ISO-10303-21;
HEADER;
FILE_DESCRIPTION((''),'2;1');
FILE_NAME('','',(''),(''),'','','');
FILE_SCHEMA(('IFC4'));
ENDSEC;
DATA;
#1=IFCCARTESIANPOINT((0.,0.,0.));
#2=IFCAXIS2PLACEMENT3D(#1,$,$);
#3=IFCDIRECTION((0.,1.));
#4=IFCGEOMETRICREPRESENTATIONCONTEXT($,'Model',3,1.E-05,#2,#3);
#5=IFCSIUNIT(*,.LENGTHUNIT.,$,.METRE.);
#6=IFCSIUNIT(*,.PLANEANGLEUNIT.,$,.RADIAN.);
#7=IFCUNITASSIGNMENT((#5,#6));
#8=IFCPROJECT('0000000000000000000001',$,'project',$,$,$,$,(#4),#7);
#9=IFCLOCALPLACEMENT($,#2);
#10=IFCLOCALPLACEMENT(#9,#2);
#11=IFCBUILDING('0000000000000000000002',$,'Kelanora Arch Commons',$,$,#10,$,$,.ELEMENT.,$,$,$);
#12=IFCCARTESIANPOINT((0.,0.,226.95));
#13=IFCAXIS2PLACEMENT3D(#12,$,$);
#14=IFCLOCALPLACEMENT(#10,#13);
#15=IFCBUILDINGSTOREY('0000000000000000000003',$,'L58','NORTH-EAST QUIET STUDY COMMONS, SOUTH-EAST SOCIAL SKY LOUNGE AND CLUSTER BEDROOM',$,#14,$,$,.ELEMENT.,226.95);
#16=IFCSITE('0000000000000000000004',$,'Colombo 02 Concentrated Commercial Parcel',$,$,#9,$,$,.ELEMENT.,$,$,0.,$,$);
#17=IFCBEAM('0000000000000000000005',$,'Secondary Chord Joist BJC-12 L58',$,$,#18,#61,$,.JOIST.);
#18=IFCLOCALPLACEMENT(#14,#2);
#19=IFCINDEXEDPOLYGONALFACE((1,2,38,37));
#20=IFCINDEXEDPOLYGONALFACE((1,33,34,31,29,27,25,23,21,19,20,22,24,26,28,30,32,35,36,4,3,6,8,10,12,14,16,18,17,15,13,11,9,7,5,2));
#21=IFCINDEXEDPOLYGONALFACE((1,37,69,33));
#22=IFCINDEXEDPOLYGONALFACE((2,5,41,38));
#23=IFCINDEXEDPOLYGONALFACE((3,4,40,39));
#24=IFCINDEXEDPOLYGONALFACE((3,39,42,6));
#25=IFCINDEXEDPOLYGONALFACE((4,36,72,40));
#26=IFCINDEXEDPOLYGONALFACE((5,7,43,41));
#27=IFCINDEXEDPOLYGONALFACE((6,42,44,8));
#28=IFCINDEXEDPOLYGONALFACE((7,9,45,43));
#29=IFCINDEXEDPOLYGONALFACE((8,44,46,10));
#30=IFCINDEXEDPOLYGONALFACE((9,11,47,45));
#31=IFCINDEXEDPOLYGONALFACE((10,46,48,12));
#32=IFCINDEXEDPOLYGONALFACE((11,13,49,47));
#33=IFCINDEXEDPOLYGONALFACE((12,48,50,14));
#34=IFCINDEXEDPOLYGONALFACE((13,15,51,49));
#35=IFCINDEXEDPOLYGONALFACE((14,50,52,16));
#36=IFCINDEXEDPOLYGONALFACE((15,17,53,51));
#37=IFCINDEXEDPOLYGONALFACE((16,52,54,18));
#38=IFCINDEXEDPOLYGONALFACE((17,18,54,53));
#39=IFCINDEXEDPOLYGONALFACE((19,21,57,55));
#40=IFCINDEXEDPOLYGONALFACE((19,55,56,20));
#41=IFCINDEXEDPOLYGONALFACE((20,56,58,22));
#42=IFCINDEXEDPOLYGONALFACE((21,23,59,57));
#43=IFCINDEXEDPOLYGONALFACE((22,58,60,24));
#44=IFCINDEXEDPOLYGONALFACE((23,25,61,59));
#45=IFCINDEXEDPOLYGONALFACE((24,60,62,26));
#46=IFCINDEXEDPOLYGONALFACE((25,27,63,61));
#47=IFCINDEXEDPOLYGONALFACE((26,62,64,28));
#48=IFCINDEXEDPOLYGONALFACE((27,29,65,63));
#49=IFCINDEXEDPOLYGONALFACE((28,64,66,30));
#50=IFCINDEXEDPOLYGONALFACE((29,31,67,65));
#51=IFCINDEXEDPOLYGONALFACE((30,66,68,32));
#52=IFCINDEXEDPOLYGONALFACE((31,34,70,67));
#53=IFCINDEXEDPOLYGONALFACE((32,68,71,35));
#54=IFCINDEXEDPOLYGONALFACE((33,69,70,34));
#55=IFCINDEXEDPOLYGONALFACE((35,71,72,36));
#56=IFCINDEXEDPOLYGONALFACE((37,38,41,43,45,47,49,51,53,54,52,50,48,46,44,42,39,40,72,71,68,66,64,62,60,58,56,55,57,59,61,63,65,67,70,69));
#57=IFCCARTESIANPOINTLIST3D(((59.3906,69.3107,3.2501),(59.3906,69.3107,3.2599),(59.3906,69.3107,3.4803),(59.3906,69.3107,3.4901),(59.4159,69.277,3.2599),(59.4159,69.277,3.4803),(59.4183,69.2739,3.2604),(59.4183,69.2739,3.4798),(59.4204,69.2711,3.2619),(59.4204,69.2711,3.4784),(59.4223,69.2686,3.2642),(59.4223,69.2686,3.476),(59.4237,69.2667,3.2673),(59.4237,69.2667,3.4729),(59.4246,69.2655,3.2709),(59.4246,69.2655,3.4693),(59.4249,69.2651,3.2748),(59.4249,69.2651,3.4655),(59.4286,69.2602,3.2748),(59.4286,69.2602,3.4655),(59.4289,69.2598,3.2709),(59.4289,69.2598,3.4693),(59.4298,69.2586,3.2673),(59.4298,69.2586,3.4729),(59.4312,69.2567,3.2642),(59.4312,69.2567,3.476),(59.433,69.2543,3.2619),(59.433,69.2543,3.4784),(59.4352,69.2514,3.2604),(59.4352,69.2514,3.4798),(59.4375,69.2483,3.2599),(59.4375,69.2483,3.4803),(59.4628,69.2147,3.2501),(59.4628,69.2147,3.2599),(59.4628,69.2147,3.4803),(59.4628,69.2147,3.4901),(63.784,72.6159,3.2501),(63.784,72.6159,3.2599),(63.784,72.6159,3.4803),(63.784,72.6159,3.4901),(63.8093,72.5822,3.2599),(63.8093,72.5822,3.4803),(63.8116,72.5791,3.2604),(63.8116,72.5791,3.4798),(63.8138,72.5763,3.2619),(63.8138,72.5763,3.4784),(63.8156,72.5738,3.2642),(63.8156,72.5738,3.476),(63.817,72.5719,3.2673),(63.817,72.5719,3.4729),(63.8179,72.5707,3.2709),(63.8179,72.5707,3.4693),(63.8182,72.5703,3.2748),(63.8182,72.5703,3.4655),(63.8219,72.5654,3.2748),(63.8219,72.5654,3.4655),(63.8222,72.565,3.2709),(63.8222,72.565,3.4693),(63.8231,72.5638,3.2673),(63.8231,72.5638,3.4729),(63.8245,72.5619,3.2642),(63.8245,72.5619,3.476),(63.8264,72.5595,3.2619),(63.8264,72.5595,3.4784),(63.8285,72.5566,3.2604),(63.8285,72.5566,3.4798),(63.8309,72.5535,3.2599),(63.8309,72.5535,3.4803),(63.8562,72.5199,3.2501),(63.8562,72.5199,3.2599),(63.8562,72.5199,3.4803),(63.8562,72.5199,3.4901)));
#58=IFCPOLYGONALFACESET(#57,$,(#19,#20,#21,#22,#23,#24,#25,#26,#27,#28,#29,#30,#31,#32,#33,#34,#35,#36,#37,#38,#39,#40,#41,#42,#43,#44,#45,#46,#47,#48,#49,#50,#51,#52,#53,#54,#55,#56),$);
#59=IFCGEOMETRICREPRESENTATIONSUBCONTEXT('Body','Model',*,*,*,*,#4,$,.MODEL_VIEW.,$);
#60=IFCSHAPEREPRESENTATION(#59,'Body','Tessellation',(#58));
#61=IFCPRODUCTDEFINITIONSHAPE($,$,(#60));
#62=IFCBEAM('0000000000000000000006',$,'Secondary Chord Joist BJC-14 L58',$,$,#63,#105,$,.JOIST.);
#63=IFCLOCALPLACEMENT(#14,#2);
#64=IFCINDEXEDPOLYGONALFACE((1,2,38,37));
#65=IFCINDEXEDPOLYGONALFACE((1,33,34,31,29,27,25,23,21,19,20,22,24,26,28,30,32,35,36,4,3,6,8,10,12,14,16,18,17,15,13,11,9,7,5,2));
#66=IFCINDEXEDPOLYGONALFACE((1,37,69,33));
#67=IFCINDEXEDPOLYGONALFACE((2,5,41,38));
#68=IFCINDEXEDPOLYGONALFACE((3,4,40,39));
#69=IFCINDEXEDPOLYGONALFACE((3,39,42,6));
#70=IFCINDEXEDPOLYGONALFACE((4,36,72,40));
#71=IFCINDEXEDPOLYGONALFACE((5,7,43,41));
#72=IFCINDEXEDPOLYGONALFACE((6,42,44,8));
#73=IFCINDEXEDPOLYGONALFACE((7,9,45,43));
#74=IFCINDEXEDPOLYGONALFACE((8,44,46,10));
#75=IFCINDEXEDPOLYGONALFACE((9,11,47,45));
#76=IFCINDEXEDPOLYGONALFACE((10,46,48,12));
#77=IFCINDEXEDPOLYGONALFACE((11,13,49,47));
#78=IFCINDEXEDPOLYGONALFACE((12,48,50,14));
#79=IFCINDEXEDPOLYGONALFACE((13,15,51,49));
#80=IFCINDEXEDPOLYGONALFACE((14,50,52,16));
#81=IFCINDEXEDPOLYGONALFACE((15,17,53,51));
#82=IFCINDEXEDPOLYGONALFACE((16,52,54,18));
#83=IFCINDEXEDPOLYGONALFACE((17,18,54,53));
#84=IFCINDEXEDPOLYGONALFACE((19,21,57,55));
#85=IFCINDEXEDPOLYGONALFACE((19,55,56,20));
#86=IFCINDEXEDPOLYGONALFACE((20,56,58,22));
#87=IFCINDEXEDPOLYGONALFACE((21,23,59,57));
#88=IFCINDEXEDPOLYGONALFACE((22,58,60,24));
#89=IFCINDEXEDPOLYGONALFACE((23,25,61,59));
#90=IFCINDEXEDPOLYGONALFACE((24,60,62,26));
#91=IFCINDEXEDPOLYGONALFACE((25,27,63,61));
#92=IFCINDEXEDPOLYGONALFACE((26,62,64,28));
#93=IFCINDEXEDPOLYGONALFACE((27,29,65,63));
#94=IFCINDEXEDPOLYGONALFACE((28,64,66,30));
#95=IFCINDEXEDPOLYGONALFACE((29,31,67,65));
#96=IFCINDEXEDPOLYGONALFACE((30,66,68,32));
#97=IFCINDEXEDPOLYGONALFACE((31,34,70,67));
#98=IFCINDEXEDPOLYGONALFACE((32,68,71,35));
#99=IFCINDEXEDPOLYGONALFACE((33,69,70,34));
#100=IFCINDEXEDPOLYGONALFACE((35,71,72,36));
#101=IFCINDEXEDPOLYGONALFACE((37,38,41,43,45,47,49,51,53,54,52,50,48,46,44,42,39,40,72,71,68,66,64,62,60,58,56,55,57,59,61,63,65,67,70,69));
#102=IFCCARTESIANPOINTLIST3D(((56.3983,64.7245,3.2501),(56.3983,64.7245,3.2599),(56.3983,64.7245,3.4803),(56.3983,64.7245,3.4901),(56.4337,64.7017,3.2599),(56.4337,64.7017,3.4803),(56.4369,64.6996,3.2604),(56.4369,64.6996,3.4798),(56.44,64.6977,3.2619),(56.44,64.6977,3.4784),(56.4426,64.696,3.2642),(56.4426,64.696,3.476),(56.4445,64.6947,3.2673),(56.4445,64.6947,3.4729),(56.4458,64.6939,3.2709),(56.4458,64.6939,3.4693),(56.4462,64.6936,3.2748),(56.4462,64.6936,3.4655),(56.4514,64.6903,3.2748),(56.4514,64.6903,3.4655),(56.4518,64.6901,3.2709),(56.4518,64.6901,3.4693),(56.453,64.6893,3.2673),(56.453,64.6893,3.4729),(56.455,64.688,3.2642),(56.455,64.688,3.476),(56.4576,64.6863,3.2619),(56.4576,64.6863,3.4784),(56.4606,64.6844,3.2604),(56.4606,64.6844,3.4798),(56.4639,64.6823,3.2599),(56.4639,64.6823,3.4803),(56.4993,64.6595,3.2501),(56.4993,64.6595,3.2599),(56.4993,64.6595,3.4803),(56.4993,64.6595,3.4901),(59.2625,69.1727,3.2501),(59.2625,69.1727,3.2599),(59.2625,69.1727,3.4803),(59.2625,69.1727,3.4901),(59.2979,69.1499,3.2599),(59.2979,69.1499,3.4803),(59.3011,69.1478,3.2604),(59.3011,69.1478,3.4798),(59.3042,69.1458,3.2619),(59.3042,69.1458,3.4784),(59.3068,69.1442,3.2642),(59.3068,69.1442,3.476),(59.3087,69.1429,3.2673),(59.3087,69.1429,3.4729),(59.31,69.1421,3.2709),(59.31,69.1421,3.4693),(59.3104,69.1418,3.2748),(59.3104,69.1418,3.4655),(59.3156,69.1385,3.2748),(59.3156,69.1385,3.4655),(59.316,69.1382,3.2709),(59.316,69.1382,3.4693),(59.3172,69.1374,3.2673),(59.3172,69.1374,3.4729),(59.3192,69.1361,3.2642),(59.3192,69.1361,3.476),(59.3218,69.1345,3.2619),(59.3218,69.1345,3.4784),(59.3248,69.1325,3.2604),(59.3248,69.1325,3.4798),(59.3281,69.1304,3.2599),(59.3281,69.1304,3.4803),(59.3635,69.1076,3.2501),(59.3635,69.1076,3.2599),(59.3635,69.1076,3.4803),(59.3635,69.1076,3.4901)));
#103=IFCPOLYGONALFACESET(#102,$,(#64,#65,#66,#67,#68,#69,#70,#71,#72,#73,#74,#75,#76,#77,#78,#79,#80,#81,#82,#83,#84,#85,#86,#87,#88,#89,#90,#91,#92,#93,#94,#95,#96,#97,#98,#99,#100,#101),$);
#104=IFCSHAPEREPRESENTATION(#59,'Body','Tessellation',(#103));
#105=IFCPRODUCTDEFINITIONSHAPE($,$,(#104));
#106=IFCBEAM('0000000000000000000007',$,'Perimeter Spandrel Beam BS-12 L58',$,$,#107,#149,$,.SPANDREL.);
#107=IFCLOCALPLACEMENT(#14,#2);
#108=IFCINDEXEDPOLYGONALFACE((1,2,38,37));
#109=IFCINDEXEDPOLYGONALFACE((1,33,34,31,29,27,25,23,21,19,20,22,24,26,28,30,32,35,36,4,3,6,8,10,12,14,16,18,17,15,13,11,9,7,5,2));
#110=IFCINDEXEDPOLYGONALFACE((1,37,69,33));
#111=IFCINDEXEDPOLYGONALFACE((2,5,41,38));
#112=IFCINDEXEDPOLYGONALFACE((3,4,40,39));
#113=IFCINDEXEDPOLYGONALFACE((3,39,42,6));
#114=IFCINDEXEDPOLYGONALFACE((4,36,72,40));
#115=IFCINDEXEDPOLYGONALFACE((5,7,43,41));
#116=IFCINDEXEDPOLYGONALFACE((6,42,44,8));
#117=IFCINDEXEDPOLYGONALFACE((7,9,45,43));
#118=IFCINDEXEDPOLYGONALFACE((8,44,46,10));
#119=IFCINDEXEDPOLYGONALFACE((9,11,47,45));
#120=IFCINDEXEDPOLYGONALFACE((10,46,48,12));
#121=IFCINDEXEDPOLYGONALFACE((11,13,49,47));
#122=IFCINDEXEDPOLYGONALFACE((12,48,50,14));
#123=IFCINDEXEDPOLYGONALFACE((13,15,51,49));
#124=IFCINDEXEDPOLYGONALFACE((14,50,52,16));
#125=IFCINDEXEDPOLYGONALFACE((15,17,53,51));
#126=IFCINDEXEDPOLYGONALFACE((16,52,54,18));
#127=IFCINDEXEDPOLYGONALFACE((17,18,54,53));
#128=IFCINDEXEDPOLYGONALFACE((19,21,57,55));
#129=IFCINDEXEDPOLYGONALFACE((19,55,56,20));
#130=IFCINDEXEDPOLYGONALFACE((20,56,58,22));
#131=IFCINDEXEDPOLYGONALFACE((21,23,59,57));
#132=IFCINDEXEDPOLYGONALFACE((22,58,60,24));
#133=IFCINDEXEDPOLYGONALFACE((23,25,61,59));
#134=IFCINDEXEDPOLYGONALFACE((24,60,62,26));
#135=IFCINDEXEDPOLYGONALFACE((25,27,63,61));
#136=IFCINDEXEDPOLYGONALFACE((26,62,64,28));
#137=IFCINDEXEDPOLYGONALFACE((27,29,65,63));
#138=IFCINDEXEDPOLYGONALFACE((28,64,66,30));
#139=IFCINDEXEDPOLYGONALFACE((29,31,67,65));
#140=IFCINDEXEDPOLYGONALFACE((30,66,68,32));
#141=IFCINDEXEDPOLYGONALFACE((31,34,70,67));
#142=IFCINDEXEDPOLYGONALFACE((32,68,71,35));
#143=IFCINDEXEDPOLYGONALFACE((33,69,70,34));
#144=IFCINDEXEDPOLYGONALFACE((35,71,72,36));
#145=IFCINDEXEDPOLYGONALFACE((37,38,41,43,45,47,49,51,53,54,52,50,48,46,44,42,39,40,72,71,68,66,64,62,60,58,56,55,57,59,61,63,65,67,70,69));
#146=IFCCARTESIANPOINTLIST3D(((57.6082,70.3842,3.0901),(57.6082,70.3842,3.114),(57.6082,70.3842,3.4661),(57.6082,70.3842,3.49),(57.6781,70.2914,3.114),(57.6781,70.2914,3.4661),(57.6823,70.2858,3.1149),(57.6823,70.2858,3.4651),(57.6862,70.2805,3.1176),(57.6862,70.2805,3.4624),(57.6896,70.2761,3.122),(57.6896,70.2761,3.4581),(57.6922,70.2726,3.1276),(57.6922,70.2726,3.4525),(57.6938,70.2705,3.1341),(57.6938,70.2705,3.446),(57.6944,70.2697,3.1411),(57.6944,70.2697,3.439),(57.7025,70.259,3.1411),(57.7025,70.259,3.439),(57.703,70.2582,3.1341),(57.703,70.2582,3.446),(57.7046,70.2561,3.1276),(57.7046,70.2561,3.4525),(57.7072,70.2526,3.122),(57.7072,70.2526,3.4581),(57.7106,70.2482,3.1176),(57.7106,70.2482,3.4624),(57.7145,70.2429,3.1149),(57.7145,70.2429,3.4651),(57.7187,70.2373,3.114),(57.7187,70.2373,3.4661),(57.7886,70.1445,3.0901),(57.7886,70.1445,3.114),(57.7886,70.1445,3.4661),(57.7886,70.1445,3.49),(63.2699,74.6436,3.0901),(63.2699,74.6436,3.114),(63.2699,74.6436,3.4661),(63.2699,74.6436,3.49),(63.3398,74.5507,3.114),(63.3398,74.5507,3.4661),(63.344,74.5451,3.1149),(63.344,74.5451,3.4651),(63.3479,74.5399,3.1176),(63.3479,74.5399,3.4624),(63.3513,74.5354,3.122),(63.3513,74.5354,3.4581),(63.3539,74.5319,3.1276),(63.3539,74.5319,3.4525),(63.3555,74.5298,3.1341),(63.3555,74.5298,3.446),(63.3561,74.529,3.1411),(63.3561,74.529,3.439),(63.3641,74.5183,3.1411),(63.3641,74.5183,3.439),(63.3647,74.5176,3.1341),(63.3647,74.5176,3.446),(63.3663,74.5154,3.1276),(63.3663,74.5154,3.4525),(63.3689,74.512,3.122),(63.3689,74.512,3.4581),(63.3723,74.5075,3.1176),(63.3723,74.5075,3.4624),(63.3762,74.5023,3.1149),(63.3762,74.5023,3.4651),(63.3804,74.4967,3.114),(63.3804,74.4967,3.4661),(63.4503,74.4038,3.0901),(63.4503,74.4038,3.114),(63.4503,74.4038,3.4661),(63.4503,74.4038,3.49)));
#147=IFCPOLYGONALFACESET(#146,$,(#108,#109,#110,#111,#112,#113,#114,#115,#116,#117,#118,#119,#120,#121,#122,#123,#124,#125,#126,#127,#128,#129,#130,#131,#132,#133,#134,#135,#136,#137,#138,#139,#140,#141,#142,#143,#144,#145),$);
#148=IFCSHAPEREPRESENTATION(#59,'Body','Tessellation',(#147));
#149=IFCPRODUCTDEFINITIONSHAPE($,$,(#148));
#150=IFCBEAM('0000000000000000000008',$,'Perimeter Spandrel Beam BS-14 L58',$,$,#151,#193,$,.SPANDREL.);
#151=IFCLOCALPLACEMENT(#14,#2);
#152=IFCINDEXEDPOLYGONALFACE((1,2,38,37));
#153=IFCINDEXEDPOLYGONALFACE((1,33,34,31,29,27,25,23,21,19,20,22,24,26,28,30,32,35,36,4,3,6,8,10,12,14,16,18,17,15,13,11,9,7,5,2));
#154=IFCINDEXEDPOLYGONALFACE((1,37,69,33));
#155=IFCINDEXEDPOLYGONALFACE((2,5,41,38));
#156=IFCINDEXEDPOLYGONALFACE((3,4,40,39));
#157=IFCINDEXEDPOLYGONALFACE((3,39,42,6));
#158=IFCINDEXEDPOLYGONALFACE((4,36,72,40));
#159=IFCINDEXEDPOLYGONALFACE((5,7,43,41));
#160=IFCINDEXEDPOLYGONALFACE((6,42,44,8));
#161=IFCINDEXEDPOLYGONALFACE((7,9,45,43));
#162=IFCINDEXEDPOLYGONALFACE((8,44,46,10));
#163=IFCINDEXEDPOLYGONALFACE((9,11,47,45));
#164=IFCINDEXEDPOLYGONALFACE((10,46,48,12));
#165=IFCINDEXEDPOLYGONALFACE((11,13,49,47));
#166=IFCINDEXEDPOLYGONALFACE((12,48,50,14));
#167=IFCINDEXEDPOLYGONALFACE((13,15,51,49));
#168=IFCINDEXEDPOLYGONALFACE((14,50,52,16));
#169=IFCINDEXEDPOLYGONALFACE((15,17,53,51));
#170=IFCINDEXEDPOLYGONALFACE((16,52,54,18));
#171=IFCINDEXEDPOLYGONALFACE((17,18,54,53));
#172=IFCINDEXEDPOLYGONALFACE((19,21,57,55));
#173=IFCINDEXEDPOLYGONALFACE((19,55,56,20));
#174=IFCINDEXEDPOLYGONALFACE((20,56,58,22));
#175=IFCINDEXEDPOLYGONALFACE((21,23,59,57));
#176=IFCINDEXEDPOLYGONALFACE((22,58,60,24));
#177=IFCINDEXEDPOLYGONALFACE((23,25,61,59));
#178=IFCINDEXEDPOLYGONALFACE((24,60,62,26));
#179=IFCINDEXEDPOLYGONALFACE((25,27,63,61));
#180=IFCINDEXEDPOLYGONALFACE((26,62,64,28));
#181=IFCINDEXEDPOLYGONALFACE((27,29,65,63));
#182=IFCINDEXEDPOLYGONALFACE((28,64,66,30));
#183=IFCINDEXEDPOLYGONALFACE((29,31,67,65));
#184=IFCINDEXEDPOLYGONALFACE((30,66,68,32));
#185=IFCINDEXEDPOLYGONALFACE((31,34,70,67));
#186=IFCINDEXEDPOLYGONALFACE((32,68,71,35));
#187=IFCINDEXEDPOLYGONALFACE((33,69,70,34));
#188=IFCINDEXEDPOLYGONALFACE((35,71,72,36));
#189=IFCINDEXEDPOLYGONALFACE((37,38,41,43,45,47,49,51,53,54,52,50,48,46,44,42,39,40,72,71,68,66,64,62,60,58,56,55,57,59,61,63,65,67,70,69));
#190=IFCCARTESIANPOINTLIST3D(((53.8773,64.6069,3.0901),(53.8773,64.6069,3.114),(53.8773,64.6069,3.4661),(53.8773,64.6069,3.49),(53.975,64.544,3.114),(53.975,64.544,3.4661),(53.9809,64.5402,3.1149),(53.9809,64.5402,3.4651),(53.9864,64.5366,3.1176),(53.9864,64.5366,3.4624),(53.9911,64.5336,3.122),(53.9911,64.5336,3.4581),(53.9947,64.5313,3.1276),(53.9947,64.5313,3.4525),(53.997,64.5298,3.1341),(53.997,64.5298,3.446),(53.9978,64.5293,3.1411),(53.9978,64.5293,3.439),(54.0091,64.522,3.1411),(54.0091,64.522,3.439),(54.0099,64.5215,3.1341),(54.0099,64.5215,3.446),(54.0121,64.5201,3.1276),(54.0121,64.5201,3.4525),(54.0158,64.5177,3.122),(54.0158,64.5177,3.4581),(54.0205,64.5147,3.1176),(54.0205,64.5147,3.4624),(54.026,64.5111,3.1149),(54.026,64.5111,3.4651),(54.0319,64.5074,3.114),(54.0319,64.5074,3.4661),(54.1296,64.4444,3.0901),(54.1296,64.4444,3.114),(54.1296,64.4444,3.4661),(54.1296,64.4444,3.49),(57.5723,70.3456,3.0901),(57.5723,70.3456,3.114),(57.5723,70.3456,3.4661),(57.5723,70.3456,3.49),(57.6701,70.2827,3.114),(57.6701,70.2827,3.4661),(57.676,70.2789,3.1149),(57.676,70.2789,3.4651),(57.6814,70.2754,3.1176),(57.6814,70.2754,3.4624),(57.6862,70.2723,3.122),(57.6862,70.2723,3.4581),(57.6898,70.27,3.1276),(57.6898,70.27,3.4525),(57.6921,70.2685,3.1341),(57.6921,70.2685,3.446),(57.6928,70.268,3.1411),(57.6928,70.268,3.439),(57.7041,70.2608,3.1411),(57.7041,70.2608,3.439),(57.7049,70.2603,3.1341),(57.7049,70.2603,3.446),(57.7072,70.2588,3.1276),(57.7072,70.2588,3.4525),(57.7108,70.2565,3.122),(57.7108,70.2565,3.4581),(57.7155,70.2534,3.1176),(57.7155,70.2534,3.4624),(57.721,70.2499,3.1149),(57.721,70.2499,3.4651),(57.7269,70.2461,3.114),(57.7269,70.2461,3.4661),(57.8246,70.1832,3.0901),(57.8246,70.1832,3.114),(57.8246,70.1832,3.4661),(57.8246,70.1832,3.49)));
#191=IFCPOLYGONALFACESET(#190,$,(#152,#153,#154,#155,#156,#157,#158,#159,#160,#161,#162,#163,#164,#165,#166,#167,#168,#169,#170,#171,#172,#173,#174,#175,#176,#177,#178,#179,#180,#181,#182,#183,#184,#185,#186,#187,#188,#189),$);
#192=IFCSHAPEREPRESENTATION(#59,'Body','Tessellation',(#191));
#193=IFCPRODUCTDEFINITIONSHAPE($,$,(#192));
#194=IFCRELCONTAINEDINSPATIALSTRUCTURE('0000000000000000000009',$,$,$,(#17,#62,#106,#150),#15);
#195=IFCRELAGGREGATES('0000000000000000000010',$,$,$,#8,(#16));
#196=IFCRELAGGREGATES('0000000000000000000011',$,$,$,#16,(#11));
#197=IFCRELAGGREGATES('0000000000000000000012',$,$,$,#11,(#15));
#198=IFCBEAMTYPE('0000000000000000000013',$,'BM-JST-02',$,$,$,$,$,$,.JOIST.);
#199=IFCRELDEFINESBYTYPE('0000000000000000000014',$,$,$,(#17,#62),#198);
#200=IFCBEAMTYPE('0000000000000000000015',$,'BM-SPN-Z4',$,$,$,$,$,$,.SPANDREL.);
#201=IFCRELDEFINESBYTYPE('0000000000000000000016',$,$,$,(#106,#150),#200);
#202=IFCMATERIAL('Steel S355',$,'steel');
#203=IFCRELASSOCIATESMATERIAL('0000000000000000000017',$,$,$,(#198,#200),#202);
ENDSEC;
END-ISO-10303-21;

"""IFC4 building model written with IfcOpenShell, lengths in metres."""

from ifc_helpers import new_model, si_unit, direction, frame, origin, origin_2d, place, context, subcontext, project, spatial, i_section, extrude, material, material_profile, profile_set, type_object, element, save


model = new_model("IFC4")

# Units and contexts
model_context = context("Model", 3, precision=1e-05, world=origin(), true_north=direction((0.0, 1.0)))
body_context = subcontext(model_context, "Body", "Model", "MODEL_VIEW")
ifc_project = project(units=[si_unit("LENGTHUNIT", "METRE"), si_unit("PLANEANGLEUNIT", "RADIAN")], contexts=[model_context])

# Site, building, storey
site_placement = place(None, origin())
site = spatial("IfcSite", under=ifc_project, at=site_placement, Name="Colombo 02 Concentrated Commercial Parcel", CompositionType="ELEMENT", RefElevation=0.0)
building_placement = place(site_placement, origin())
building = spatial("IfcBuilding", under=site, at=building_placement, Name="Kelanora Arch Commons", CompositionType="ELEMENT")
storey_placement = place(building_placement, frame((0.0, 0.0, 226.95)))
storey = spatial("IfcBuildingStorey", under=building, at=storey_placement, Name="L58", Description="NORTH-EAST QUIET STUDY COMMONS, SOUTH-EAST SOCIAL SKY LOUNGE AND CLUSTER BEDROOM", CompositionType="ELEMENT", Elevation=226.95)

# Beams
ifc_material_1 = material(Name="Steel S355", Category="steel")
ifc_material_profile_1 = material_profile(ifc_material_1, i_section(OverallWidth=0.1201, OverallDepth=0.24, WebThickness=0.0061, FlangeThickness=0.0098, FilletRadius=0.0149, at=origin_2d()), Name="IPE240")
ifc_profile_set_1 = profile_set([ifc_material_profile_1], Name="Steel S355")
beam_type_1 = type_object("IfcBeamType", Name="BM-JST-02", PredefinedType="JOIST", material=ifc_profile_set_1)
beam_1_placement = place(storey_placement, frame((63.8201, 72.5679, 3.3701), z_axis=(-0.799109, -0.601186, 0.0), x_axis=(0.601186, -0.799109, 0.0)))
element("IfcBeam", 1, at=beam_1_placement, inside=storey, type_object=beam_type_1, Name="Secondary Chord Joist BJC-12 L58", PredefinedType="JOIST", context=body_context, shape_type="SweptSolid", body=[
    extrude(i_section(OverallWidth=0.1201, OverallDepth=0.24, WebThickness=0.0061, FlangeThickness=0.0098, FilletRadius=0.0149, at=origin_2d()), origin(), (0.0, 0.0, 1.0), 5.4978),
])
beam_2_placement = place(storey_placement, frame((59.313, 69.1401, 3.3701), z_axis=(-0.541382, -0.840776, 0.0), x_axis=(0.840776, -0.541382, 0.0)))
element("IfcBeam", 2, at=beam_2_placement, inside=storey, type_object=beam_type_1, Name="Secondary Chord Joist BJC-14 L58", PredefinedType="JOIST", context=body_context, shape_type="SweptSolid", body=[
    extrude(i_section(OverallWidth=0.1201, OverallDepth=0.24, WebThickness=0.0061, FlangeThickness=0.0098, FilletRadius=0.0149, at=origin_2d()), origin(), (0.0, 0.0, 1.0), 5.2905),
])
ifc_material_profile_2 = material_profile(ifc_material_1, i_section(OverallWidth=0.3, OverallDepth=0.3999, WebThickness=0.0134, FlangeThickness=0.0239, FilletRadius=0.0271, at=origin_2d()), Name="HEB400")
ifc_profile_set_2 = profile_set([ifc_material_profile_2], Name="Steel S355")
beam_type_2 = type_object("IfcBeamType", Name="BM-SPN-Z4", PredefinedType="SPANDREL", material=ifc_profile_set_2)
beam_3_placement = place(storey_placement, frame((63.3601, 74.5237, 3.29), z_axis=(-0.799114, -0.601179, 0.0), x_axis=(0.601179, -0.799114, 0.0)))
element("IfcBeam", 3, at=beam_3_placement, inside=storey, type_object=beam_type_2, Name="Perimeter Spandrel Beam BS-12 L58", PredefinedType="SPANDREL", context=body_context, shape_type="SweptSolid", body=[
    extrude(i_section(OverallWidth=0.3, OverallDepth=0.3999, WebThickness=0.0134, FlangeThickness=0.0239, FilletRadius=0.0271, at=origin_2d()), origin(), (0.0, 0.0, 1.0), 7.085),
])
beam_4_placement = place(storey_placement, frame((57.6985, 70.2644, 3.29), z_axis=(-0.541365, -0.840788, 0.0), x_axis=(0.840788, -0.541365, 0.0)))
element("IfcBeam", 4, at=beam_4_placement, inside=storey, type_object=beam_type_2, Name="Perimeter Spandrel Beam BS-14 L58", PredefinedType="SPANDREL", context=body_context, shape_type="SweptSolid", body=[
    extrude(i_section(OverallWidth=0.3, OverallDepth=0.3999, WebThickness=0.0134, FlangeThickness=0.0239, FilletRadius=0.0271, at=origin_2d()), origin(), (0.0, 0.0, 1.0), 6.8254),
])

save(model, "model.ifc")
